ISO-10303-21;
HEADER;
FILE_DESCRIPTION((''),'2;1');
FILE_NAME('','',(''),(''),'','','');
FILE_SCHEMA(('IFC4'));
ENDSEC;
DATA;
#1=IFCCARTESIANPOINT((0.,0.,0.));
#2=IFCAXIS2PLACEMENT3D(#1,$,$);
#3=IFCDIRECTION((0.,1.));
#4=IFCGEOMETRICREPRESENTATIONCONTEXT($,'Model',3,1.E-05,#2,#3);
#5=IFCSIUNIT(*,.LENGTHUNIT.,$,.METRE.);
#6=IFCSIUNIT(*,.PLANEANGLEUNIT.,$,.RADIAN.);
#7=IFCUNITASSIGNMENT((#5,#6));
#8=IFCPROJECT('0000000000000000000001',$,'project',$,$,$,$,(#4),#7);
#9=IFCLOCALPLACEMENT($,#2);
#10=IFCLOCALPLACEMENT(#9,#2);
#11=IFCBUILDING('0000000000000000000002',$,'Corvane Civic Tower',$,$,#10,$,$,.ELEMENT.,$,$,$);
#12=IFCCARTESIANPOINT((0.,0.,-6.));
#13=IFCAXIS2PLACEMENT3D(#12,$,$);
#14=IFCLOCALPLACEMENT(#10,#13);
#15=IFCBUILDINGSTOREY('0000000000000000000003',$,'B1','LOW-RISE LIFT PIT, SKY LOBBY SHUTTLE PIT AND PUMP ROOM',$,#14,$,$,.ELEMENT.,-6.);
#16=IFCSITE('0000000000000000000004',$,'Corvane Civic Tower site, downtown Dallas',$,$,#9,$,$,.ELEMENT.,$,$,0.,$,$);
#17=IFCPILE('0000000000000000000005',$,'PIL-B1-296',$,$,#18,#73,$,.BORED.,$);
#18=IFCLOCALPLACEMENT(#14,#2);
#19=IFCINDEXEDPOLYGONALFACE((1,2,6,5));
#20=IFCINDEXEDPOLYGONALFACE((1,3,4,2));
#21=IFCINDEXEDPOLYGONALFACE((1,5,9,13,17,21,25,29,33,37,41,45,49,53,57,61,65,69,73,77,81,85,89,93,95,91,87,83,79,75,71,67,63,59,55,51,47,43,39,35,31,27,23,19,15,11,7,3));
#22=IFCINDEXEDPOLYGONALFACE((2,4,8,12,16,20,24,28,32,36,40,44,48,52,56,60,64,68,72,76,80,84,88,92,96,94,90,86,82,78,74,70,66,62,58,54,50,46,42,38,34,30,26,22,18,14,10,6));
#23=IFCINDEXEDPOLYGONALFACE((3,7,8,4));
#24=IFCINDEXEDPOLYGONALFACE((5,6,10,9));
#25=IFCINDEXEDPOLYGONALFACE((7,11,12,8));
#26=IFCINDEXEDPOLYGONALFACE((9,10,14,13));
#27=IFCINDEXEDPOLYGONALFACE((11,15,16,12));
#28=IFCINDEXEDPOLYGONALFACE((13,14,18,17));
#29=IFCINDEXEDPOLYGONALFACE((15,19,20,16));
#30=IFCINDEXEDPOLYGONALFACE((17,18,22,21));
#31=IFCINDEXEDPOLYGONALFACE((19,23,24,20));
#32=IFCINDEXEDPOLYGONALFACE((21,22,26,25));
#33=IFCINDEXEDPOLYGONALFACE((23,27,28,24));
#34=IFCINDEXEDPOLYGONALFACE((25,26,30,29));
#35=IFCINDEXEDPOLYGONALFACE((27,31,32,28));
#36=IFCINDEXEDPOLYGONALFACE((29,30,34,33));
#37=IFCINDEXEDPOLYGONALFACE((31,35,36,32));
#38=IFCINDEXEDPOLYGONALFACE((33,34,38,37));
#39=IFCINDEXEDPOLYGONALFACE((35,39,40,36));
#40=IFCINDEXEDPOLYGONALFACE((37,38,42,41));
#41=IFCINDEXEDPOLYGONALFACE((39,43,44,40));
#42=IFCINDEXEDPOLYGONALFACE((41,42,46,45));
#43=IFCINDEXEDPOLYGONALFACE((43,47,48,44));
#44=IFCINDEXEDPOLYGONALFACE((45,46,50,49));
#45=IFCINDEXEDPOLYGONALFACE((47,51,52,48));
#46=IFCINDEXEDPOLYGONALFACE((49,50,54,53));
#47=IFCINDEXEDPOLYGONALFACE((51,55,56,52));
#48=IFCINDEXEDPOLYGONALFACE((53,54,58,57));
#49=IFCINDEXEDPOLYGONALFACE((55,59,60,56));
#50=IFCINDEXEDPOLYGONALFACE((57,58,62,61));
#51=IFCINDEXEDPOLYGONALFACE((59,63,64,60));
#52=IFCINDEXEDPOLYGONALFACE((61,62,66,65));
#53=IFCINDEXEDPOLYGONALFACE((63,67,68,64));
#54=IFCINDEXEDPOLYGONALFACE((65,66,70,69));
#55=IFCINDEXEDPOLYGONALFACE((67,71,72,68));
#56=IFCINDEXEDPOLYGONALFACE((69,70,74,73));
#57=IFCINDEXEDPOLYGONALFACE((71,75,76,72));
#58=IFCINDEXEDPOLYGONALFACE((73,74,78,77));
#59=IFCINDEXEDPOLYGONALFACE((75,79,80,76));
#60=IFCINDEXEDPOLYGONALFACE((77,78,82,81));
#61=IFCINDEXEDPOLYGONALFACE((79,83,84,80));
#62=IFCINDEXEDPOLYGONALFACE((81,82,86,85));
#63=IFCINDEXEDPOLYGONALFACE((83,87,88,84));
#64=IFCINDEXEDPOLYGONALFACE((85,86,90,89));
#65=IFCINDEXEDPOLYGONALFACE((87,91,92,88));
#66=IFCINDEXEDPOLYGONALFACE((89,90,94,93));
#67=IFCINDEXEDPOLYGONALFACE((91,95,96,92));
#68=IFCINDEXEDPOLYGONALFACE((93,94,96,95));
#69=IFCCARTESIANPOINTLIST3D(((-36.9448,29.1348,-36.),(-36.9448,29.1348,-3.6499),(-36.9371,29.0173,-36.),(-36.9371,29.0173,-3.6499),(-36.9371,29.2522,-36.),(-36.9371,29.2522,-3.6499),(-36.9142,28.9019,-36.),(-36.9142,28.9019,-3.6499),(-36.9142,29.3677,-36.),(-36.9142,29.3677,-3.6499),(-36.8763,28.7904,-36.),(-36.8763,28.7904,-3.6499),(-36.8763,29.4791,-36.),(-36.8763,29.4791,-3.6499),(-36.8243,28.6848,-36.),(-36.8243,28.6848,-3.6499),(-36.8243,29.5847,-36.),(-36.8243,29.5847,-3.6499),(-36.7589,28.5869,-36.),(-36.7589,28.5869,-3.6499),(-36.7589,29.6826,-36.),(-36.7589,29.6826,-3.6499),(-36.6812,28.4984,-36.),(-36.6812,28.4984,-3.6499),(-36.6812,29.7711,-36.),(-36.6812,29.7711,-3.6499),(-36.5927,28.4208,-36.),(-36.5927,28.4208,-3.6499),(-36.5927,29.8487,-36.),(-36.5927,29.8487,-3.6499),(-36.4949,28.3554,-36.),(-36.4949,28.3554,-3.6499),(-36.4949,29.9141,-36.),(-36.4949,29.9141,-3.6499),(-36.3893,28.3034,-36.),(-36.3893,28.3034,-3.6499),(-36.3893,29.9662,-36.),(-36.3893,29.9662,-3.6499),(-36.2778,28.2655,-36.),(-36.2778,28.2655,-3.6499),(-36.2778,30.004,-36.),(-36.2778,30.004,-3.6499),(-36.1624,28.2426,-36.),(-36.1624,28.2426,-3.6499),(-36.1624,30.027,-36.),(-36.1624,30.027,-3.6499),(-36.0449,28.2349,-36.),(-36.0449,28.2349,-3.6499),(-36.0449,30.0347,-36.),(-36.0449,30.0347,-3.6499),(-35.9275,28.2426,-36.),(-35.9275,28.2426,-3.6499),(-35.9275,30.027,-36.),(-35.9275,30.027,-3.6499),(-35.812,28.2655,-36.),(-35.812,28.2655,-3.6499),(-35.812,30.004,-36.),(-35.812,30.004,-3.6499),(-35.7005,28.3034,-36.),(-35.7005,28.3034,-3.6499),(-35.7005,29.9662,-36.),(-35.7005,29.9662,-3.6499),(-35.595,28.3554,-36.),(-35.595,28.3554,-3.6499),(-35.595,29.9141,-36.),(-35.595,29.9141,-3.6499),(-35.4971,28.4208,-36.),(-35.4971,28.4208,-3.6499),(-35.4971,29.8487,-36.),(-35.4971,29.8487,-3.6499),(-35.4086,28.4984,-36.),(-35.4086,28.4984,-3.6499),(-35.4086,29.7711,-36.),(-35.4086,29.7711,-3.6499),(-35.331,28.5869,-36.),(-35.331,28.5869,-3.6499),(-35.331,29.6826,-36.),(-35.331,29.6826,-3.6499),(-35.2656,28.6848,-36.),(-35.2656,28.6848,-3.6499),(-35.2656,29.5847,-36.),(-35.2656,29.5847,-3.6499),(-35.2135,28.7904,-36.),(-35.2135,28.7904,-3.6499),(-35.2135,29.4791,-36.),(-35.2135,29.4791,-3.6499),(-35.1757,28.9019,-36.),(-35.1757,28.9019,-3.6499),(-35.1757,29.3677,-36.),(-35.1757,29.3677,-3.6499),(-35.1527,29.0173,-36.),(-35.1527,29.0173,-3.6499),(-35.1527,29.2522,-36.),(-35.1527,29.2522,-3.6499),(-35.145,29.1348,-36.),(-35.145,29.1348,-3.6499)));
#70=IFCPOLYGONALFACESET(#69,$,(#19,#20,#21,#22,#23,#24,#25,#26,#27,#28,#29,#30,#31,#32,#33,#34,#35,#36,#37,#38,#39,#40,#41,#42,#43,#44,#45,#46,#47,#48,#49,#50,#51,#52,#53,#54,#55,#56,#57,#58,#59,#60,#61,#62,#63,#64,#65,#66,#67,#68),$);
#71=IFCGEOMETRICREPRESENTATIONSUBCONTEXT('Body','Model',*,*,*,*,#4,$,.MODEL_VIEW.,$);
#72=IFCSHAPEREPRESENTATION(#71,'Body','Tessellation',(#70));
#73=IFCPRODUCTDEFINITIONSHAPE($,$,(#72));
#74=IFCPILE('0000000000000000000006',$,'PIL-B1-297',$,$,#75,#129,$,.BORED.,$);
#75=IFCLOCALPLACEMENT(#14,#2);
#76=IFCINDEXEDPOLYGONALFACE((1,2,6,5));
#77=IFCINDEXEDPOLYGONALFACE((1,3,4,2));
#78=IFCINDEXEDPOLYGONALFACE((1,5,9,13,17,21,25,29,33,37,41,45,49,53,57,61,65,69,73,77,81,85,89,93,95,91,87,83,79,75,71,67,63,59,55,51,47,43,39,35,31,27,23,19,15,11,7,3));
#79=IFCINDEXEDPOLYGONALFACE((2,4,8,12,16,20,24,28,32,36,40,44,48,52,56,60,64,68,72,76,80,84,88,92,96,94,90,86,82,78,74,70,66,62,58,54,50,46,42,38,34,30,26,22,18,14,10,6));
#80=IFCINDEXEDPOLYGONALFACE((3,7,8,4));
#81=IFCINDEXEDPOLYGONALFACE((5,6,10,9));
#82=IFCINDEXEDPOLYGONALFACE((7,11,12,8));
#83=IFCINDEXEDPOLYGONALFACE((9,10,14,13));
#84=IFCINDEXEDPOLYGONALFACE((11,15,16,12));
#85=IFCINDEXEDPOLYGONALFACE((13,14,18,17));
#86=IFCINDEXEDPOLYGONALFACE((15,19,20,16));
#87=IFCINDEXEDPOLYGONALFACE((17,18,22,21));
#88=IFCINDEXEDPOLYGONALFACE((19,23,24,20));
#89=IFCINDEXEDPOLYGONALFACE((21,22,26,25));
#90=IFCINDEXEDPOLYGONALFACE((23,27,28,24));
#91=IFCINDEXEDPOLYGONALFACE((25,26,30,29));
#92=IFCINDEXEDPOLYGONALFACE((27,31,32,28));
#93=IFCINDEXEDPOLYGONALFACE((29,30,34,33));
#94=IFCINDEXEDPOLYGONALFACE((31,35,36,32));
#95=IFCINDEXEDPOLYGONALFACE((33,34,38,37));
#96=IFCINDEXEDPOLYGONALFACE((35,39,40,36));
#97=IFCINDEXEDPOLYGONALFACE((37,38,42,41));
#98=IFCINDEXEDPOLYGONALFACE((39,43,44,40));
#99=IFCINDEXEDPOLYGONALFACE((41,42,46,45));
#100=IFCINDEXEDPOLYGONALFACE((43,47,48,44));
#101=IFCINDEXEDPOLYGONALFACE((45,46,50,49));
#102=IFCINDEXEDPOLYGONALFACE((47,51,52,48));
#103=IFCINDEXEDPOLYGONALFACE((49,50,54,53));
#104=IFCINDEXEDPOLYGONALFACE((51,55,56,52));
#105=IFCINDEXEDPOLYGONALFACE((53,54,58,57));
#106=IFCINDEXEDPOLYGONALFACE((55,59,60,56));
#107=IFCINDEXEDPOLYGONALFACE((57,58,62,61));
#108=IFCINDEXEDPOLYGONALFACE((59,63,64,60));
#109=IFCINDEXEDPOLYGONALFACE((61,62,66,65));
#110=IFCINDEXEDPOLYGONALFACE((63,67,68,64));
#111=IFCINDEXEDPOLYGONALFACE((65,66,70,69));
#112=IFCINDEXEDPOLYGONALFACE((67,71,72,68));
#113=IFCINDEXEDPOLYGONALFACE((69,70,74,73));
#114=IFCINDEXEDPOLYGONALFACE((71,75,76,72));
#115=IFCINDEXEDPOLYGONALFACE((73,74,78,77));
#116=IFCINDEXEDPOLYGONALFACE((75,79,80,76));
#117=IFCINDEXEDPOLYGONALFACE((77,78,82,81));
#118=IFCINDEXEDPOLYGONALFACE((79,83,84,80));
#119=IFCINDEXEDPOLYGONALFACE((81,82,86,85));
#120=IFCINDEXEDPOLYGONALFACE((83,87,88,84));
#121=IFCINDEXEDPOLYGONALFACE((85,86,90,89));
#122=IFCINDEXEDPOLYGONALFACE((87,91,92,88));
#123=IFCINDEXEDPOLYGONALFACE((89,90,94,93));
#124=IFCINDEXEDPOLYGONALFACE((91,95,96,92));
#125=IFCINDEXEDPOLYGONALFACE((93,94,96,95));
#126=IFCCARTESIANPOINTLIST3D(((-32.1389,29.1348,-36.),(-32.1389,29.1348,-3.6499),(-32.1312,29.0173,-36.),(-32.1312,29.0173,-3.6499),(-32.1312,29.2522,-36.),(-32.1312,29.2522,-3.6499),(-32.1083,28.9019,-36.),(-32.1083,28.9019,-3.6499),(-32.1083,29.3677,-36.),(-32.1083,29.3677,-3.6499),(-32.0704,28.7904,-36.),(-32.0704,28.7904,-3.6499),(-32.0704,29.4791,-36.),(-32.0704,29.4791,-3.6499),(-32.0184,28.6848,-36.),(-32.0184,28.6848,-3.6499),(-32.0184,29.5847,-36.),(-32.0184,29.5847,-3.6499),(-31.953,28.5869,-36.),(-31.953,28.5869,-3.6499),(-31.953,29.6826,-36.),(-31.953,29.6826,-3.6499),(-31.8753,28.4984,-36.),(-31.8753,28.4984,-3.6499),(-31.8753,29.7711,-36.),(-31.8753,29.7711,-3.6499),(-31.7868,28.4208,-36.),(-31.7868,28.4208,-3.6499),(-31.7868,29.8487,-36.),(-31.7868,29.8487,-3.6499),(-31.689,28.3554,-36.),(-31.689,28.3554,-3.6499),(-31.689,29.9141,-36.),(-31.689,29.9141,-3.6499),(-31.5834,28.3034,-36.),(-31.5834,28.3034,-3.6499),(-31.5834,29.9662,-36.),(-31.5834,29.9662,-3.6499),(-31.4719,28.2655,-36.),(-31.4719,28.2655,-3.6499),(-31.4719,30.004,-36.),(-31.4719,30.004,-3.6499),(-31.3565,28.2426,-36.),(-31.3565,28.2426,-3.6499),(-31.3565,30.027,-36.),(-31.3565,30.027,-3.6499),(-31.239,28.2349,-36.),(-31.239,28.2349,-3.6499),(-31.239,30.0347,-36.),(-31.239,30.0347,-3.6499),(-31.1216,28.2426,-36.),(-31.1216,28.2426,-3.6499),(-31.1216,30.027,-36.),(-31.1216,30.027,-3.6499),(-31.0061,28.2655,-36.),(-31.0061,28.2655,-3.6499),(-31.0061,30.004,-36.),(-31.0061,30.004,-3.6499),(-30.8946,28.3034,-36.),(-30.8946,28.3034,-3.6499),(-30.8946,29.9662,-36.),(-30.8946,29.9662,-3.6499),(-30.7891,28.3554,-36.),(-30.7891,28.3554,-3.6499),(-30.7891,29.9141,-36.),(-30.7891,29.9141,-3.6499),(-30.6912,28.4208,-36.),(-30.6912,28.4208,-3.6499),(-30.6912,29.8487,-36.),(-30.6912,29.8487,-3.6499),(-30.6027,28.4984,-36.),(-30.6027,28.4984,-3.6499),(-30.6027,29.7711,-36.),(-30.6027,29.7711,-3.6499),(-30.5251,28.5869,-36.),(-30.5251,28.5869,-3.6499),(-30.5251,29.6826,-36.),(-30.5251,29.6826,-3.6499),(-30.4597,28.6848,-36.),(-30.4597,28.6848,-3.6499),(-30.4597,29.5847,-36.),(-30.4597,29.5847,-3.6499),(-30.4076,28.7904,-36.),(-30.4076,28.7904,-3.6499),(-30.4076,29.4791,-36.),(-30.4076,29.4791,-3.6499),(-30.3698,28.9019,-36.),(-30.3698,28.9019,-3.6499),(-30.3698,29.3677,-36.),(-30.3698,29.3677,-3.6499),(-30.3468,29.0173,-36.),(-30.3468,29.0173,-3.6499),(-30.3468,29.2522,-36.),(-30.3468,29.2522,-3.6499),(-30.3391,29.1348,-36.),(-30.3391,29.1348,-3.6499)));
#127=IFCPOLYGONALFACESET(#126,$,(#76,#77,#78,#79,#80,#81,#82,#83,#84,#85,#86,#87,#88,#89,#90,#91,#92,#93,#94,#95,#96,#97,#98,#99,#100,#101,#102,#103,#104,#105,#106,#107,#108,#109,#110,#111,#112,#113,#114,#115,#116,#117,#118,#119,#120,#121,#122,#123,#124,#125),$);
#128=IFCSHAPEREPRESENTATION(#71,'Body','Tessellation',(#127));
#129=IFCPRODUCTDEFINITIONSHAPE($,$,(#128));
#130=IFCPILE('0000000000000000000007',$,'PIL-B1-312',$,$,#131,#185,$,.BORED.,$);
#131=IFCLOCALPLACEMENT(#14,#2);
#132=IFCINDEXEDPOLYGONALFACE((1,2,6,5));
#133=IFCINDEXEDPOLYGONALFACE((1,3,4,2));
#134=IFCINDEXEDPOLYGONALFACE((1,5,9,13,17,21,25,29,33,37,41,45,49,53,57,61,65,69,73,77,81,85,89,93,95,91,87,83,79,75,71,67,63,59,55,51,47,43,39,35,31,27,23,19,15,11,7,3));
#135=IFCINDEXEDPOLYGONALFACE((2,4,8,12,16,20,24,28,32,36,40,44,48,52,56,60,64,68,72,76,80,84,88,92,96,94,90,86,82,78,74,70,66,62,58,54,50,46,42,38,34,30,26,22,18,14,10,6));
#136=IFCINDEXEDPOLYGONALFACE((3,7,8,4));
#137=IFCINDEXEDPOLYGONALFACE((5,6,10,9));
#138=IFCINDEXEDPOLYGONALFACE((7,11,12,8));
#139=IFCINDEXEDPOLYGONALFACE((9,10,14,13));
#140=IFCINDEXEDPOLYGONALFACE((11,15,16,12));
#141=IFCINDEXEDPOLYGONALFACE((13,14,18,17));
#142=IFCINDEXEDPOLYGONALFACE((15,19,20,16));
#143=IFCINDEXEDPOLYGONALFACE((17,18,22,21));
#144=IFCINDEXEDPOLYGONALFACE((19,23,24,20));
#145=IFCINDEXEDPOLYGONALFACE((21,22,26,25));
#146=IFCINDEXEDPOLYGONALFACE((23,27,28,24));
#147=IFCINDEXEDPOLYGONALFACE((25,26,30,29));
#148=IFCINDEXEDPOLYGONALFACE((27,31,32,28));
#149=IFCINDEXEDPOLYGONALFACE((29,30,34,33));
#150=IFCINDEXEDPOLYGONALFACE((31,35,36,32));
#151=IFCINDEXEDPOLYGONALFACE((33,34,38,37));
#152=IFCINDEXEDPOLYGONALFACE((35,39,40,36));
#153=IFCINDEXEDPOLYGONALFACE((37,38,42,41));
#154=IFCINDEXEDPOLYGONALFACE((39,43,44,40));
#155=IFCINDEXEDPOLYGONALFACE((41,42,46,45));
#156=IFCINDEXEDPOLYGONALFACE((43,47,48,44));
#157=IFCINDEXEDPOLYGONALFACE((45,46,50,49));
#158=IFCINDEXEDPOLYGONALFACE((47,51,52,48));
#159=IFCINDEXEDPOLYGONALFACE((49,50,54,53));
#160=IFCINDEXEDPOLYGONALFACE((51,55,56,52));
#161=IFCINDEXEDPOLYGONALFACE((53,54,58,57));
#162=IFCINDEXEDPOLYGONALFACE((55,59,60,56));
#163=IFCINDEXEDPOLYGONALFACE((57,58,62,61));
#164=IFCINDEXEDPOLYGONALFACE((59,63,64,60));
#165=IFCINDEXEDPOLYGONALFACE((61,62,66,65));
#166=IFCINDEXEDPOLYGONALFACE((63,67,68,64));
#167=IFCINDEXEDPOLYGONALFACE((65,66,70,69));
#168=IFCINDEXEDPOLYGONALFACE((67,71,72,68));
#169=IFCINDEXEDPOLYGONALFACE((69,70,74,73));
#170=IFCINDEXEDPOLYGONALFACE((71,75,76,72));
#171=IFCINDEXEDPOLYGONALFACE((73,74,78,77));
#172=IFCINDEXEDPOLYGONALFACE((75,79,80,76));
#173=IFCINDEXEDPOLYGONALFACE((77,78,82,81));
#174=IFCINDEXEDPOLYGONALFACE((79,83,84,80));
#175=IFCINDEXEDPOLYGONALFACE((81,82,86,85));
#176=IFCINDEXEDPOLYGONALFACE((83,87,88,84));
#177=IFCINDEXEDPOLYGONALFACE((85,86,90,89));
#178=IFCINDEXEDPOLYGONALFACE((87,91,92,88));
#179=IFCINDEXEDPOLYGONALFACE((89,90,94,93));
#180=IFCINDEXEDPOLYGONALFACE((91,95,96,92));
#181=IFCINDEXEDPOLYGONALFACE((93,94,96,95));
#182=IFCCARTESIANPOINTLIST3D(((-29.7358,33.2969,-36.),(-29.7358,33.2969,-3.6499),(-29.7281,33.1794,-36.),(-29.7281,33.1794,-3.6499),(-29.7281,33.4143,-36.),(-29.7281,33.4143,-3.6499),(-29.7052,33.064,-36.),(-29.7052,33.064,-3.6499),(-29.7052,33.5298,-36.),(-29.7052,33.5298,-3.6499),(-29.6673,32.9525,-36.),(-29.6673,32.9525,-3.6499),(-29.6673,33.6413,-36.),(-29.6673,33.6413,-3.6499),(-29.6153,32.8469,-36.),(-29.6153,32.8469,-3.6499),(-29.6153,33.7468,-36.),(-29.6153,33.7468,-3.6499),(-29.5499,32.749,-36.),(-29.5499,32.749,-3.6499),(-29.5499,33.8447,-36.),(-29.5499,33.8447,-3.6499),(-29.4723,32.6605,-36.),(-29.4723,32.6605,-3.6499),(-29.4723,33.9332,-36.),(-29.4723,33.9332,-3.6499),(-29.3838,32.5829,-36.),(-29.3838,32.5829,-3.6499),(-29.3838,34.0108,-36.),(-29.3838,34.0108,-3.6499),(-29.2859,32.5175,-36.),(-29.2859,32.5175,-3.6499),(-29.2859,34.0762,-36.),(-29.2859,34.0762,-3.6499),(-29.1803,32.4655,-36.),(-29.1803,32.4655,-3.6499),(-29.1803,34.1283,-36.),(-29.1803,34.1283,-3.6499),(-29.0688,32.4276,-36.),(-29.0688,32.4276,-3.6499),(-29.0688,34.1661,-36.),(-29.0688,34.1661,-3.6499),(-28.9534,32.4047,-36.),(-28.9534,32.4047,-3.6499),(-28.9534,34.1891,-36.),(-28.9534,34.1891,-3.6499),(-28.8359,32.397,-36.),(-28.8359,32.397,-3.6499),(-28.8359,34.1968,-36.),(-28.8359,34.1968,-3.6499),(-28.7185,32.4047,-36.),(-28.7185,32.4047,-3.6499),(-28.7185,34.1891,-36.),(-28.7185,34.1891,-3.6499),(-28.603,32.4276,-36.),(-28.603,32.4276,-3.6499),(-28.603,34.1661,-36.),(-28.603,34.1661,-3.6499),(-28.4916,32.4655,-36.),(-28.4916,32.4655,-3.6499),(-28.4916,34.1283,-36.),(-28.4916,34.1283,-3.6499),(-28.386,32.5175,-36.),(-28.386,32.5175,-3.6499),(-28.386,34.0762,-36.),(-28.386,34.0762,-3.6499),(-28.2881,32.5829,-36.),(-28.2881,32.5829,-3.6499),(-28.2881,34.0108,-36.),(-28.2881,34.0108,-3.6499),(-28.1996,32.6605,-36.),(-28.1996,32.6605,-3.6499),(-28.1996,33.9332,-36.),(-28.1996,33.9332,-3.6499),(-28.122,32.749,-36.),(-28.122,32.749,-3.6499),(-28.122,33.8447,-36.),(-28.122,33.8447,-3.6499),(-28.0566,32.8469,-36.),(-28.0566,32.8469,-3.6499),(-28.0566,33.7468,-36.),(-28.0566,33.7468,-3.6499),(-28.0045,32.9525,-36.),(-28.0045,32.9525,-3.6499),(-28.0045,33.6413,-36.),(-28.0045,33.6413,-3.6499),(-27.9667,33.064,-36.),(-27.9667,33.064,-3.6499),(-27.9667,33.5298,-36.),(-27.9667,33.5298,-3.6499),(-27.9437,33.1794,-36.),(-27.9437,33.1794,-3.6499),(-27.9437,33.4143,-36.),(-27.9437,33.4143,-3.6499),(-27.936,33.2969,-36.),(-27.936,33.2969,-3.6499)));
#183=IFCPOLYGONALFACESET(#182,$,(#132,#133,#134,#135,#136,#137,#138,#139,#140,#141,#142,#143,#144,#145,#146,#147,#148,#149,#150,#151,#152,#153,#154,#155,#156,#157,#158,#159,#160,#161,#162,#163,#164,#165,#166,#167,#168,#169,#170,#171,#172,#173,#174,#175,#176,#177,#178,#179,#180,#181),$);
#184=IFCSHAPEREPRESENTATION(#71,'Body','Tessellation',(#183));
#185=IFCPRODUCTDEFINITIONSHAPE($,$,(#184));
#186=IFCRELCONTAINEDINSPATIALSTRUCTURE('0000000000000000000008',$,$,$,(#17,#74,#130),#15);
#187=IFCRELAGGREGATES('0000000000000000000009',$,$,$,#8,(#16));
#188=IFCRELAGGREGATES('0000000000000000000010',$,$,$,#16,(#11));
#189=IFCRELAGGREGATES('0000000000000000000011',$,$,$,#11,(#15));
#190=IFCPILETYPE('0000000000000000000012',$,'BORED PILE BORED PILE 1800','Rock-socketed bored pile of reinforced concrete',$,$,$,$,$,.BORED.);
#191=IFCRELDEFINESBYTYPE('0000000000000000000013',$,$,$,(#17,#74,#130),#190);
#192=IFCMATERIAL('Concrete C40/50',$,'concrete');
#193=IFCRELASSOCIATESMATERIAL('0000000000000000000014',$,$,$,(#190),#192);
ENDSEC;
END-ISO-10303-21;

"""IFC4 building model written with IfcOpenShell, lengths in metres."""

from ifc_helpers import new_model, si_unit, direction, frame, origin, origin_2d, place, context, subcontext, project, spatial, circle, extrude, material, material_profile, profile_set, type_object, element, save


model = new_model("IFC4")

# Units and contexts
model_context = context("Model", 3, precision=1e-05, world=origin(), true_north=direction((0.0, 1.0)))
body_context = subcontext(model_context, "Body", "Model", "MODEL_VIEW")
ifc_project = project(units=[si_unit("LENGTHUNIT", "METRE"), si_unit("PLANEANGLEUNIT", "RADIAN")], contexts=[model_context])

# Site, building, storey
site_placement = place(None, origin())
site = spatial("IfcSite", under=ifc_project, at=site_placement, Name="Corvane Civic Tower site, downtown Dallas", CompositionType="ELEMENT", RefElevation=0.0)
building_placement = place(site_placement, origin())
building = spatial("IfcBuilding", under=site, at=building_placement, Name="Corvane Civic Tower", CompositionType="ELEMENT")
storey_placement = place(building_placement, frame((0.0, 0.0, -6.0)))
storey = spatial("IfcBuildingStorey", under=building, at=storey_placement, Name="B1", Description="LOW-RISE LIFT PIT, SKY LOBBY SHUTTLE PIT AND PUMP ROOM", CompositionType="ELEMENT", Elevation=-6.0)

# Piles
ifc_material_1 = material(Name="Concrete C40/50", Category="concrete")
ifc_material_profile_1 = material_profile(ifc_material_1, circle(Radius=0.8999, at=origin_2d()), Name="BORED PILE 1800")
ifc_profile_set_1 = profile_set([ifc_material_profile_1], Name="Concrete C40/50")
pile_type_1 = type_object("IfcPileType", Name="BORED PILE BORED PILE 1800", Description="Rock-socketed bored pile of reinforced concrete", PredefinedType="BORED", material=ifc_profile_set_1)
for number, where, z_axis, x_axis, name in (
    (1, (-36.0449, 29.1348, -3.6499), (0.0, 0.0, -1.0), (1.0, 0.0, 0.0), "PIL-B1-296"),
    (2, (-31.239, 29.1348, -3.6499), (0.0, 0.0, -1.0), (1.0, 0.0, 0.0), "PIL-B1-297"),
    (3, (-28.8359, 33.2969, -3.6499), (0.0, 0.0, -1.0), (1.0, 0.0, 0.0), "PIL-B1-312"),
):
    element("IfcPile", number, at=place(storey_placement, frame(where, z_axis=z_axis, x_axis=x_axis)), inside=storey, type_object=pile_type_1, Name=name, PredefinedType="BORED", context=body_context, shape_type="SweptSolid", body=[
        extrude(circle(Radius=0.8999, at=origin_2d()), origin(), (0.0, 0.0, 1.0), 32.3501),
    ])

save(model, "model.ifc")
